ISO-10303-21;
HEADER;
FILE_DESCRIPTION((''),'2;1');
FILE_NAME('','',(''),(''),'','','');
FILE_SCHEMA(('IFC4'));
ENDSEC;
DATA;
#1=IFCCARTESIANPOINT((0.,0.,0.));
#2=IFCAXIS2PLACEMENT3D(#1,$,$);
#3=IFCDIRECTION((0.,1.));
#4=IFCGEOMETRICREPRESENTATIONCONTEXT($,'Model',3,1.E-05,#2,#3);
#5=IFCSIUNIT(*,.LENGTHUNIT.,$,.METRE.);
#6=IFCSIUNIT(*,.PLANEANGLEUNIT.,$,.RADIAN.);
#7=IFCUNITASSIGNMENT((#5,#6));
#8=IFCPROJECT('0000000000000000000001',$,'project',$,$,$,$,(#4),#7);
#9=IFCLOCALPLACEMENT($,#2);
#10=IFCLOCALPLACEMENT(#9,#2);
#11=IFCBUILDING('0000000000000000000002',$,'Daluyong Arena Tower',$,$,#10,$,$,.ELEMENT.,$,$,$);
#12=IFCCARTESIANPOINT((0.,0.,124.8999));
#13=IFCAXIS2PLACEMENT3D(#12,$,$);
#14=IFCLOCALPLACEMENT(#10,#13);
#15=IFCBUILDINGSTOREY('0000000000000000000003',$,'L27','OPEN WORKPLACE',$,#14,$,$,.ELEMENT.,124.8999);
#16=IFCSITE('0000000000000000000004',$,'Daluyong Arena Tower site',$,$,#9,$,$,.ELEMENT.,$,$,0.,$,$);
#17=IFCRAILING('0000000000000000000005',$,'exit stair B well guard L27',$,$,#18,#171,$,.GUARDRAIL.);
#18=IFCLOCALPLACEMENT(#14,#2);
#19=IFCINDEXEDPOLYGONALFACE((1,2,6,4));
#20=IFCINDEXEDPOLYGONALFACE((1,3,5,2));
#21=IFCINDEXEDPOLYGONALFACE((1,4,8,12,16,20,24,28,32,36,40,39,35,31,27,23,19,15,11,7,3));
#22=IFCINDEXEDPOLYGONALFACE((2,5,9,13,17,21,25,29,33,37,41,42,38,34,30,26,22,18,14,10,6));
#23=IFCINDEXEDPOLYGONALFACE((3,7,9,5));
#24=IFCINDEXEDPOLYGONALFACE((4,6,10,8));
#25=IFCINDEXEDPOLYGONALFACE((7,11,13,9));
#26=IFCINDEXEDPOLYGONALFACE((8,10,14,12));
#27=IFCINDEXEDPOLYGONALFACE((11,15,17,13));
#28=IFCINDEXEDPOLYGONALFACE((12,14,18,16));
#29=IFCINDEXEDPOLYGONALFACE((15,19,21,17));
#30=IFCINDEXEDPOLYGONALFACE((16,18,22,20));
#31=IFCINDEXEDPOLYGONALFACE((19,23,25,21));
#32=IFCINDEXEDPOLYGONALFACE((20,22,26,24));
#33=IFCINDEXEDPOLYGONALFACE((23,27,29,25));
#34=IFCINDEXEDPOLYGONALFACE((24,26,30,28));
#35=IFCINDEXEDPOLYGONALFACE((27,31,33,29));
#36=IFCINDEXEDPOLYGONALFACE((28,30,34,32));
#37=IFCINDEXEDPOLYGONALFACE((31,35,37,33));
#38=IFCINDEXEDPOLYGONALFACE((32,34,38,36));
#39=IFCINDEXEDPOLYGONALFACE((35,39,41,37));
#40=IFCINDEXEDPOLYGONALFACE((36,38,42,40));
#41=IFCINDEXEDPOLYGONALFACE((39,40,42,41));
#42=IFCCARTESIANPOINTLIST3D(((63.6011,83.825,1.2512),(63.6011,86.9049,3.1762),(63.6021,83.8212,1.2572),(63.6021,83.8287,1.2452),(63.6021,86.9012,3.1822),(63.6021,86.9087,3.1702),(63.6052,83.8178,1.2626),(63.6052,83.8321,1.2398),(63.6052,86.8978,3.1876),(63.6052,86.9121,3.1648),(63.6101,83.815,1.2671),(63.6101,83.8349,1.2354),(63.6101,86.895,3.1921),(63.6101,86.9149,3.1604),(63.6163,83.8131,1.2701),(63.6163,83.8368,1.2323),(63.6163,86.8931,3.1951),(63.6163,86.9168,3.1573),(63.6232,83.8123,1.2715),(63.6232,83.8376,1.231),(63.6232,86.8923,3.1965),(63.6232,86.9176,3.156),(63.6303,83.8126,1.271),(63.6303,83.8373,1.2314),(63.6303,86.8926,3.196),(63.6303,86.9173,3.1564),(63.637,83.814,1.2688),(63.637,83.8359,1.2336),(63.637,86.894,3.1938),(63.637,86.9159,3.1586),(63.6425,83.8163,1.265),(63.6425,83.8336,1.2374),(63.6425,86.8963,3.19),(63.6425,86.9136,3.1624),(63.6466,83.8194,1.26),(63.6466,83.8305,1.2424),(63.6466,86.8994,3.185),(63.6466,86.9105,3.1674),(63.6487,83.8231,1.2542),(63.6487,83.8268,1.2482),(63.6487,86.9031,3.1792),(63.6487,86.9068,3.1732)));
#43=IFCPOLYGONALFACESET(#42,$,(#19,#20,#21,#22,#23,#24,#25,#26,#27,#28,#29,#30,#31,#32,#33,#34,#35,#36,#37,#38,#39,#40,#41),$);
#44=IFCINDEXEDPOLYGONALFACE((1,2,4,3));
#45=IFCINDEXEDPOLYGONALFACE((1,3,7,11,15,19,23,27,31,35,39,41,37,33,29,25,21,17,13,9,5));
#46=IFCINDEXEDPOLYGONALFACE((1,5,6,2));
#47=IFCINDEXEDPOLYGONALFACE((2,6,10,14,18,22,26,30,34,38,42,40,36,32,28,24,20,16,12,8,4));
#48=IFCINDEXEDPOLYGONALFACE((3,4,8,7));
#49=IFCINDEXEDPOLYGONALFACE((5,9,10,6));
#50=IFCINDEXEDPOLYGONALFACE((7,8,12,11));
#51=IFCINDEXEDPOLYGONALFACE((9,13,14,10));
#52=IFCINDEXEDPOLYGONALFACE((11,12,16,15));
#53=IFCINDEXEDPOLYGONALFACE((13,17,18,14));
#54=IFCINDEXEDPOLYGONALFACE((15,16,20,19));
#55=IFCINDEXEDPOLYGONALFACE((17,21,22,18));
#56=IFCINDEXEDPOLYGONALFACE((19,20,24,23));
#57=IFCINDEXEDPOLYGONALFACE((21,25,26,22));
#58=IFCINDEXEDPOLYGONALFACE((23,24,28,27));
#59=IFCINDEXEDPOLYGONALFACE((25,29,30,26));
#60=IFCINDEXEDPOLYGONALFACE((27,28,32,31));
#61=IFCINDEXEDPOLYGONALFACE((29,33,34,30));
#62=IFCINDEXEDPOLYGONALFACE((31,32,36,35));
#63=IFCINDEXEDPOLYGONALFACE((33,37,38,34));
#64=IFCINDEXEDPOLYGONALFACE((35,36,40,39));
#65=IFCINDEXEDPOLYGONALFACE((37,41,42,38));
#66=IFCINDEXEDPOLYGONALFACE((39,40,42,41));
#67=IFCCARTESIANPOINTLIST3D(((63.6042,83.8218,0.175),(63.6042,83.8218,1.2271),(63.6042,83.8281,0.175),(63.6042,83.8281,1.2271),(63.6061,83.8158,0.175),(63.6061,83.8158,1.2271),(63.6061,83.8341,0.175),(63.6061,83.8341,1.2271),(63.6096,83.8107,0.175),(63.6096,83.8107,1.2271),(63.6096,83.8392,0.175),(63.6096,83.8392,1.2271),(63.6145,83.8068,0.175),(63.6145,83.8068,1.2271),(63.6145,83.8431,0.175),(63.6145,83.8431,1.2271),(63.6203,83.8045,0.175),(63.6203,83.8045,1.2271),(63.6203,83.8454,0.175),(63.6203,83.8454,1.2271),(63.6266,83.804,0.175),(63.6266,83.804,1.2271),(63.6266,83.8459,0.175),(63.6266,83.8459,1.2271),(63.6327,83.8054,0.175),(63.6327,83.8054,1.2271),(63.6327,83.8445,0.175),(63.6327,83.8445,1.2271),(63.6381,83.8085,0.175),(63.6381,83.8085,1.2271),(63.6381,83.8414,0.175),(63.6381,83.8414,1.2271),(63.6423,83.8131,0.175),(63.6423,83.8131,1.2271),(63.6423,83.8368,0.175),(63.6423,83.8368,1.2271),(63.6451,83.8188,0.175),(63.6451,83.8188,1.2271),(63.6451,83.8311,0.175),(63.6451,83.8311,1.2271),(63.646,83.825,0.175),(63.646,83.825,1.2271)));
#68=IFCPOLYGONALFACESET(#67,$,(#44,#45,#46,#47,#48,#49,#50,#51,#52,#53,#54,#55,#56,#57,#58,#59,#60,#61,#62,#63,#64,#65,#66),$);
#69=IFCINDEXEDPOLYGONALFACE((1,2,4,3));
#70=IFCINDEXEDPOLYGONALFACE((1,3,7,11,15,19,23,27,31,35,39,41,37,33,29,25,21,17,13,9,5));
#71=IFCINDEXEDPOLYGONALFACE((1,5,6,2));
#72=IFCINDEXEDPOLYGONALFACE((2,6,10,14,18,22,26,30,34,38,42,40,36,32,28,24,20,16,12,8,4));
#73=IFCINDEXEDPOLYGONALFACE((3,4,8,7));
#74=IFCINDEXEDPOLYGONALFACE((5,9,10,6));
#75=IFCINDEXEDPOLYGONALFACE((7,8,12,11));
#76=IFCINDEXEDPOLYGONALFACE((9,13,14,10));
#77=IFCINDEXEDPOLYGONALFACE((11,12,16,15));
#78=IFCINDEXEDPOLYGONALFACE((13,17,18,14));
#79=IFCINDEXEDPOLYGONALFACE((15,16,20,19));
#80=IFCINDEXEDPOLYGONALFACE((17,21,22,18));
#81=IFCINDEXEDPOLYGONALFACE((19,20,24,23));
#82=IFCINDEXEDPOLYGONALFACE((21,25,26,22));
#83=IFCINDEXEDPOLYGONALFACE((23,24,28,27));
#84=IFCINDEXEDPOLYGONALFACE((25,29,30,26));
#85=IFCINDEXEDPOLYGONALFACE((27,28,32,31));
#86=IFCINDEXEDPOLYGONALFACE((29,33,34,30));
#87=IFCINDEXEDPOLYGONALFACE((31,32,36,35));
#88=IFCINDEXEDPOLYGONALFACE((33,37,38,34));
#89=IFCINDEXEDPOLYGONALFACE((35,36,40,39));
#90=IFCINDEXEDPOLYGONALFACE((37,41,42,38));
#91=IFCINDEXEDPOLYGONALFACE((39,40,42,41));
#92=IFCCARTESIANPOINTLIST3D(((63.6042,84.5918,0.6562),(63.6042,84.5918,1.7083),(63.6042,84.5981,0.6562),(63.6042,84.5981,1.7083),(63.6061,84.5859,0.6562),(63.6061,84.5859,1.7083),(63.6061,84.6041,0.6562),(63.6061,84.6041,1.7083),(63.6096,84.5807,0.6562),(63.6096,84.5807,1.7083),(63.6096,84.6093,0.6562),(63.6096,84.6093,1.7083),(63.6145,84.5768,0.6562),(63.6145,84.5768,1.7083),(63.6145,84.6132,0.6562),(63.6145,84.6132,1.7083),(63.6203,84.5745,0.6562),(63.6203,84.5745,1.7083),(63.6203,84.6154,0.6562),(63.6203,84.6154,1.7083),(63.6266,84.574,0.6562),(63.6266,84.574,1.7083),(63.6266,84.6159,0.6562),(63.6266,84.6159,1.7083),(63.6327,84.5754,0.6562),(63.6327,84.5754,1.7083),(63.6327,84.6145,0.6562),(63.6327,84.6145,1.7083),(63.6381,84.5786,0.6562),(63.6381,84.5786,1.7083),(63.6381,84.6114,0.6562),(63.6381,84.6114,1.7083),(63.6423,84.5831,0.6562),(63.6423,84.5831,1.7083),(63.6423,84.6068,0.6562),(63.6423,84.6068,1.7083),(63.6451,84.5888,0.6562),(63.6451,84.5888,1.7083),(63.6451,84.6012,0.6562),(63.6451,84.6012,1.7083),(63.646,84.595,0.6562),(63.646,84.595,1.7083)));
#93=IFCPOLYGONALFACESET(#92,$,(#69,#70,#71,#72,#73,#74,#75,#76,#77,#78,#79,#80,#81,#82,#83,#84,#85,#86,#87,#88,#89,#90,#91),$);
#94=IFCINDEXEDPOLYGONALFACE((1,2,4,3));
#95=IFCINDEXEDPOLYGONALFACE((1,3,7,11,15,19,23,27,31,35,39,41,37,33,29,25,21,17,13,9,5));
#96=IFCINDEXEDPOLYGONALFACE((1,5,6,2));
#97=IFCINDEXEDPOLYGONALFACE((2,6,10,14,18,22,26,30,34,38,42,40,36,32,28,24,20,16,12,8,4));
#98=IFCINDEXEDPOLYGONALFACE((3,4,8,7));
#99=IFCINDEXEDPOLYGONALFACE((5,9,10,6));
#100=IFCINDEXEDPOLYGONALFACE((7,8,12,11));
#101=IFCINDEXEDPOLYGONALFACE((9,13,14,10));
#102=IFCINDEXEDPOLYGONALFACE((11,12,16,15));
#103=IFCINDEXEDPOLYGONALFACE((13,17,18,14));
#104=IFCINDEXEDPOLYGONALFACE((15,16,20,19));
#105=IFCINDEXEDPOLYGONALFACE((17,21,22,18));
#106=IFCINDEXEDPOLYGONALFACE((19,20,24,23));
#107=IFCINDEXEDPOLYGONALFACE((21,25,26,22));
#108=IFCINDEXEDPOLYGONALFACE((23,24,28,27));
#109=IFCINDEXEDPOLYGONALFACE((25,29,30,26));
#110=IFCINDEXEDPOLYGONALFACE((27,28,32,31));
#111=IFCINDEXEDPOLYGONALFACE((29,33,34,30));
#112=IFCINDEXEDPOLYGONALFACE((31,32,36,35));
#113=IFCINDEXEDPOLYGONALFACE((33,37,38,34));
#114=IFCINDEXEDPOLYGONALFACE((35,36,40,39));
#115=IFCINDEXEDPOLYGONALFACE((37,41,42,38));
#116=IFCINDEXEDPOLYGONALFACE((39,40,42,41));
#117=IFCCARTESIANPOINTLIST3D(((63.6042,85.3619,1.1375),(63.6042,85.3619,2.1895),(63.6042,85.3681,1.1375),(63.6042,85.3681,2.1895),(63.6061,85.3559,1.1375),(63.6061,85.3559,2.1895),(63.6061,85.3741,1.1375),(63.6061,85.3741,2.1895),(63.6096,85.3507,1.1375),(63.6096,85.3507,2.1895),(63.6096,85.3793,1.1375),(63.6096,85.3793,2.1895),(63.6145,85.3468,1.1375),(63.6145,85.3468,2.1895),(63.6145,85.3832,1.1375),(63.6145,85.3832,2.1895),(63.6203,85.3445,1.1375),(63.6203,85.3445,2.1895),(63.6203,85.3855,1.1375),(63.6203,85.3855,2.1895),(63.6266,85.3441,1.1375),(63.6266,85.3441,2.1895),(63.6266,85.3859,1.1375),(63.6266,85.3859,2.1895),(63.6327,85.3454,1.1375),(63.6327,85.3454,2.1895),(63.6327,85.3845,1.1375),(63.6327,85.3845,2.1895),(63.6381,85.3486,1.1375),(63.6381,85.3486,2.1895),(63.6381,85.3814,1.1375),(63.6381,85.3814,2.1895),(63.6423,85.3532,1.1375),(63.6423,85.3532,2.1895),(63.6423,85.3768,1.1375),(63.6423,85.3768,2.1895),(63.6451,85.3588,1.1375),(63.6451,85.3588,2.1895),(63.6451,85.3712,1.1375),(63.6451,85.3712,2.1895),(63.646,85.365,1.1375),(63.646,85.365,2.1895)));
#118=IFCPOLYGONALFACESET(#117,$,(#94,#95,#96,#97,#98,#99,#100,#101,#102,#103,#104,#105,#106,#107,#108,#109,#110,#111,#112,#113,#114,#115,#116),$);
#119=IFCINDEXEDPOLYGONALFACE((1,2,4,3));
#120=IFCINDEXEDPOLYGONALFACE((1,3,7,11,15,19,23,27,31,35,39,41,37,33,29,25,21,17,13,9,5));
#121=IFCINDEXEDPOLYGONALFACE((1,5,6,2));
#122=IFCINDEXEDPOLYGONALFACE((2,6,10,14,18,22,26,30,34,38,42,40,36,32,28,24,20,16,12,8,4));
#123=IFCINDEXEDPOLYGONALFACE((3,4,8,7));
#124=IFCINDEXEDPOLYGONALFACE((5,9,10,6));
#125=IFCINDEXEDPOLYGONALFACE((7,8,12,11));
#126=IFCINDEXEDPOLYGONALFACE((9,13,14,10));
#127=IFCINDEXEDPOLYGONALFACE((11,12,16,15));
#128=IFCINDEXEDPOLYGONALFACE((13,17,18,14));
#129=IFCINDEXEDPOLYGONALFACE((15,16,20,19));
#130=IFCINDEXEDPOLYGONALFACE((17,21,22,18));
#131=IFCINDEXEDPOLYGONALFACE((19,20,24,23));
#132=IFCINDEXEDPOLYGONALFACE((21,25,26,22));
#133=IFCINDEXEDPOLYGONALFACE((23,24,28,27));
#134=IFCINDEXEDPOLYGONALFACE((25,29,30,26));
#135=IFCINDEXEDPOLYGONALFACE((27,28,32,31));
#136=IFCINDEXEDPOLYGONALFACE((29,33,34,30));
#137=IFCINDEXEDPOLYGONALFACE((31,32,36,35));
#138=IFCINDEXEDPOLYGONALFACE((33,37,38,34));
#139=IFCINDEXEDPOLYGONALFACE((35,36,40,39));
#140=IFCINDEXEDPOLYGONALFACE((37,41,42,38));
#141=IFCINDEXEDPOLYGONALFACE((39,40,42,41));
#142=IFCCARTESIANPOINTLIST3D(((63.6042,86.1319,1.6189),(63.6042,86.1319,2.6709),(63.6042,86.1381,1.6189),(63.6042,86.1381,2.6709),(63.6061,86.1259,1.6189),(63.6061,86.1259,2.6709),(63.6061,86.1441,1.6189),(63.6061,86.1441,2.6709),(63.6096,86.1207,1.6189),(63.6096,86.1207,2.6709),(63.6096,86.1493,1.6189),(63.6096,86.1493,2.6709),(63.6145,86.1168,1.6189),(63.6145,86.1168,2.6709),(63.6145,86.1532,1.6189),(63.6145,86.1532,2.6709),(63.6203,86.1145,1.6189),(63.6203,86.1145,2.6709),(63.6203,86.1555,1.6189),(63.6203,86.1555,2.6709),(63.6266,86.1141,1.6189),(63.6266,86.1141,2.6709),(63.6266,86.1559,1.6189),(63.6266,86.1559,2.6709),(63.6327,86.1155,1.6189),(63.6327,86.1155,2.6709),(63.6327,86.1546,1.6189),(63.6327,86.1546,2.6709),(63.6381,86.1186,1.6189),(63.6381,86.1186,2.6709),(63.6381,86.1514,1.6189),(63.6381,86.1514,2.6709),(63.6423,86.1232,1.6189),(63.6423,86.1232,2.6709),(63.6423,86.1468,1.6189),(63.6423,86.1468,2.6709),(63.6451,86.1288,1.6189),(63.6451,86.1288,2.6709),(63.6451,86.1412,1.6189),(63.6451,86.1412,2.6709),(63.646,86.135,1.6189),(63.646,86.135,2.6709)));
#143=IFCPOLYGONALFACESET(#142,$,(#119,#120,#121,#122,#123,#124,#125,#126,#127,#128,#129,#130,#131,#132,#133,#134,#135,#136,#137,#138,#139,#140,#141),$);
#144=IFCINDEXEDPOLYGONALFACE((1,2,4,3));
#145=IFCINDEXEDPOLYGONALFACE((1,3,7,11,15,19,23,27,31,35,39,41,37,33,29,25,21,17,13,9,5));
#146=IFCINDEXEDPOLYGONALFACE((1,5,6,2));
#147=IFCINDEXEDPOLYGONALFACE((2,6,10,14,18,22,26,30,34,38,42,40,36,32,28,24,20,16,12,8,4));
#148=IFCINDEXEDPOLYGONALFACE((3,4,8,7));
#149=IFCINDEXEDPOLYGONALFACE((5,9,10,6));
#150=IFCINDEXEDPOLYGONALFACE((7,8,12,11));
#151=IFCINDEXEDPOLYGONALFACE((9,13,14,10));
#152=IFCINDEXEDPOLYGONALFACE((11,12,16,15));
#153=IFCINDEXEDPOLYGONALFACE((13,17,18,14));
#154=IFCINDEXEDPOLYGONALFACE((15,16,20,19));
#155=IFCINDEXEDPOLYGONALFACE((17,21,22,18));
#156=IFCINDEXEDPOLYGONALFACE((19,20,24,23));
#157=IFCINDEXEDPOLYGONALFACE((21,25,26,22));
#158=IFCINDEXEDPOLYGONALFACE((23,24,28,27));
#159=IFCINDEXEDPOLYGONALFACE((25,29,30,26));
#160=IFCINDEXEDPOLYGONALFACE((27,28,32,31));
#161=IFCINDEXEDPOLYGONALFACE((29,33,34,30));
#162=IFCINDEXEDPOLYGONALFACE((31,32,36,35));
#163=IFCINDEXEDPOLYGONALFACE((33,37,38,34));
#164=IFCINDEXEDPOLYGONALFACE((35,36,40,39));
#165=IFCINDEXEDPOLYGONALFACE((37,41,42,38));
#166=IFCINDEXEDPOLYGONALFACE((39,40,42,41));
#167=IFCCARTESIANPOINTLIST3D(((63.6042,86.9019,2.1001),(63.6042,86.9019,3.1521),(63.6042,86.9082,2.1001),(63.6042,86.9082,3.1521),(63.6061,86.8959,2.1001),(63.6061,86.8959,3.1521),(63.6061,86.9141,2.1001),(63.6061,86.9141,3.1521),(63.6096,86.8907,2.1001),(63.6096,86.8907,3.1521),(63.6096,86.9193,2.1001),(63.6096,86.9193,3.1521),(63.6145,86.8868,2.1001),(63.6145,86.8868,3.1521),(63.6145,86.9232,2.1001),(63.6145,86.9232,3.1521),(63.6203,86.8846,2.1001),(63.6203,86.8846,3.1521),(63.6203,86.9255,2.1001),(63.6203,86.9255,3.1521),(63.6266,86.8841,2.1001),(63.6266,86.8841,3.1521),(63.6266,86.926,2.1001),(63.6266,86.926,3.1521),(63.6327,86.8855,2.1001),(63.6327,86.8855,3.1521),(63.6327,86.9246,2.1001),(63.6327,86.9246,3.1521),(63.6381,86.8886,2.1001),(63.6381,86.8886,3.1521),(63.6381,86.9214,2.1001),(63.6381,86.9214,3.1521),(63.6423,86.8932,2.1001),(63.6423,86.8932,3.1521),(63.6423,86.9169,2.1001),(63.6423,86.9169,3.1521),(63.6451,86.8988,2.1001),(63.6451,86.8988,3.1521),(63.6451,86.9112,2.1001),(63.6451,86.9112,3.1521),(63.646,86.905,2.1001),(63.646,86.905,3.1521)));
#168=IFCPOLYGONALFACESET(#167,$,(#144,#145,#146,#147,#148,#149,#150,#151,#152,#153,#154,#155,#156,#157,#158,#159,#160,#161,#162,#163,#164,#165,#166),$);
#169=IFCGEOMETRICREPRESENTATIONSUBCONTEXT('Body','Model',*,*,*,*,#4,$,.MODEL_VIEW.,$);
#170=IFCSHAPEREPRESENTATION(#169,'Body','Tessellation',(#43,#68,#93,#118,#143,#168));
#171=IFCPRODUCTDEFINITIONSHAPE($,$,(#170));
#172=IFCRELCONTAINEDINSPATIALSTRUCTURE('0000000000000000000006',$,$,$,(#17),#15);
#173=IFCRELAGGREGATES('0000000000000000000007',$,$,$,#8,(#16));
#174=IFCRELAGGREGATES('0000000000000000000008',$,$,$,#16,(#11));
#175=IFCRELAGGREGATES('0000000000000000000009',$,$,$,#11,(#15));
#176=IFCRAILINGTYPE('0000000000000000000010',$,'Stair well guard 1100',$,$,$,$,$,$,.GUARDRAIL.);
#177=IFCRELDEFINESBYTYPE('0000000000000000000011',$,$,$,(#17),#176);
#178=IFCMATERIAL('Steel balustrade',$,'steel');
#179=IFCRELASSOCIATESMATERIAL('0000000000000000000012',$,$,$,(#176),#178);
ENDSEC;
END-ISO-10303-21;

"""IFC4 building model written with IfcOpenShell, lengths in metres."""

from ifc_helpers import new_model, si_unit, direction, frame, origin, origin_2d, place, context, subcontext, project, spatial, circle, extrude, material, type_object, element, save


model = new_model("IFC4")

# Units and contexts
model_context = context("Model", 3, precision=1e-05, world=origin(), true_north=direction((0.0, 1.0)))
body_context = subcontext(model_context, "Body", "Model", "MODEL_VIEW")
ifc_project = project(units=[si_unit("LENGTHUNIT", "METRE"), si_unit("PLANEANGLEUNIT", "RADIAN")], contexts=[model_context])

# Site, building, storey
site_placement = place(None, origin())
site = spatial("IfcSite", under=ifc_project, at=site_placement, Name="Daluyong Arena Tower site", CompositionType="ELEMENT", RefElevation=0.0)
building_placement = place(site_placement, origin())
building = spatial("IfcBuilding", under=site, at=building_placement, Name="Daluyong Arena Tower", CompositionType="ELEMENT")
storey_placement = place(building_placement, frame((0.0, 0.0, 124.8999)))
storey = spatial("IfcBuildingStorey", under=building, at=storey_placement, Name="L27", Description="OPEN WORKPLACE", CompositionType="ELEMENT", Elevation=124.8999)

# Railing
ifc_material_1 = material(Name="Steel balustrade", Category="steel")
railing_type_1 = type_object("IfcRailingType", Name="Stair well guard 1100", PredefinedType="GUARDRAIL", material=ifc_material_1)
railing_1_placement = place(storey_placement, frame((63.625, 83.825, 0.175)))
element("IfcRailing", 1, at=railing_1_placement, inside=storey, type_object=railing_type_1, Name="exit stair B well guard L27", PredefinedType="GUARDRAIL", context=body_context, shape_type="SweptSolid", body=[
    extrude(circle(Radius=0.0239, at=origin_2d()), frame((0.0, 0.0, 1.0762), z_axis=(0.0, 0.847998, 0.529999), x_axis=(-1.0, 0.0, 0.0)), (0.0, 0.0, 1.0), 3.6321),
    extrude(circle(Radius=0.021, at=origin_2d()), origin(), (0.0, 0.0, 1.0), 1.052),
    extrude(circle(Radius=0.021, at=origin_2d()), frame((0.0, 0.77, 0.4812)), (0.0, 0.0, 1.0), 1.052),
    extrude(circle(Radius=0.021, at=origin_2d()), frame((0.0, 1.54, 0.9624)), (0.0, 0.0, 1.0), 1.052),
    extrude(circle(Radius=0.021, at=origin_2d()), frame((0.0, 2.3101, 1.4438)), (0.0, 0.0, 1.0), 1.052),
    extrude(circle(Radius=0.021, at=origin_2d()), frame((0.0, 3.0801, 1.925)), (0.0, 0.0, 1.0), 1.052),
])

save(model, "model.ifc")
